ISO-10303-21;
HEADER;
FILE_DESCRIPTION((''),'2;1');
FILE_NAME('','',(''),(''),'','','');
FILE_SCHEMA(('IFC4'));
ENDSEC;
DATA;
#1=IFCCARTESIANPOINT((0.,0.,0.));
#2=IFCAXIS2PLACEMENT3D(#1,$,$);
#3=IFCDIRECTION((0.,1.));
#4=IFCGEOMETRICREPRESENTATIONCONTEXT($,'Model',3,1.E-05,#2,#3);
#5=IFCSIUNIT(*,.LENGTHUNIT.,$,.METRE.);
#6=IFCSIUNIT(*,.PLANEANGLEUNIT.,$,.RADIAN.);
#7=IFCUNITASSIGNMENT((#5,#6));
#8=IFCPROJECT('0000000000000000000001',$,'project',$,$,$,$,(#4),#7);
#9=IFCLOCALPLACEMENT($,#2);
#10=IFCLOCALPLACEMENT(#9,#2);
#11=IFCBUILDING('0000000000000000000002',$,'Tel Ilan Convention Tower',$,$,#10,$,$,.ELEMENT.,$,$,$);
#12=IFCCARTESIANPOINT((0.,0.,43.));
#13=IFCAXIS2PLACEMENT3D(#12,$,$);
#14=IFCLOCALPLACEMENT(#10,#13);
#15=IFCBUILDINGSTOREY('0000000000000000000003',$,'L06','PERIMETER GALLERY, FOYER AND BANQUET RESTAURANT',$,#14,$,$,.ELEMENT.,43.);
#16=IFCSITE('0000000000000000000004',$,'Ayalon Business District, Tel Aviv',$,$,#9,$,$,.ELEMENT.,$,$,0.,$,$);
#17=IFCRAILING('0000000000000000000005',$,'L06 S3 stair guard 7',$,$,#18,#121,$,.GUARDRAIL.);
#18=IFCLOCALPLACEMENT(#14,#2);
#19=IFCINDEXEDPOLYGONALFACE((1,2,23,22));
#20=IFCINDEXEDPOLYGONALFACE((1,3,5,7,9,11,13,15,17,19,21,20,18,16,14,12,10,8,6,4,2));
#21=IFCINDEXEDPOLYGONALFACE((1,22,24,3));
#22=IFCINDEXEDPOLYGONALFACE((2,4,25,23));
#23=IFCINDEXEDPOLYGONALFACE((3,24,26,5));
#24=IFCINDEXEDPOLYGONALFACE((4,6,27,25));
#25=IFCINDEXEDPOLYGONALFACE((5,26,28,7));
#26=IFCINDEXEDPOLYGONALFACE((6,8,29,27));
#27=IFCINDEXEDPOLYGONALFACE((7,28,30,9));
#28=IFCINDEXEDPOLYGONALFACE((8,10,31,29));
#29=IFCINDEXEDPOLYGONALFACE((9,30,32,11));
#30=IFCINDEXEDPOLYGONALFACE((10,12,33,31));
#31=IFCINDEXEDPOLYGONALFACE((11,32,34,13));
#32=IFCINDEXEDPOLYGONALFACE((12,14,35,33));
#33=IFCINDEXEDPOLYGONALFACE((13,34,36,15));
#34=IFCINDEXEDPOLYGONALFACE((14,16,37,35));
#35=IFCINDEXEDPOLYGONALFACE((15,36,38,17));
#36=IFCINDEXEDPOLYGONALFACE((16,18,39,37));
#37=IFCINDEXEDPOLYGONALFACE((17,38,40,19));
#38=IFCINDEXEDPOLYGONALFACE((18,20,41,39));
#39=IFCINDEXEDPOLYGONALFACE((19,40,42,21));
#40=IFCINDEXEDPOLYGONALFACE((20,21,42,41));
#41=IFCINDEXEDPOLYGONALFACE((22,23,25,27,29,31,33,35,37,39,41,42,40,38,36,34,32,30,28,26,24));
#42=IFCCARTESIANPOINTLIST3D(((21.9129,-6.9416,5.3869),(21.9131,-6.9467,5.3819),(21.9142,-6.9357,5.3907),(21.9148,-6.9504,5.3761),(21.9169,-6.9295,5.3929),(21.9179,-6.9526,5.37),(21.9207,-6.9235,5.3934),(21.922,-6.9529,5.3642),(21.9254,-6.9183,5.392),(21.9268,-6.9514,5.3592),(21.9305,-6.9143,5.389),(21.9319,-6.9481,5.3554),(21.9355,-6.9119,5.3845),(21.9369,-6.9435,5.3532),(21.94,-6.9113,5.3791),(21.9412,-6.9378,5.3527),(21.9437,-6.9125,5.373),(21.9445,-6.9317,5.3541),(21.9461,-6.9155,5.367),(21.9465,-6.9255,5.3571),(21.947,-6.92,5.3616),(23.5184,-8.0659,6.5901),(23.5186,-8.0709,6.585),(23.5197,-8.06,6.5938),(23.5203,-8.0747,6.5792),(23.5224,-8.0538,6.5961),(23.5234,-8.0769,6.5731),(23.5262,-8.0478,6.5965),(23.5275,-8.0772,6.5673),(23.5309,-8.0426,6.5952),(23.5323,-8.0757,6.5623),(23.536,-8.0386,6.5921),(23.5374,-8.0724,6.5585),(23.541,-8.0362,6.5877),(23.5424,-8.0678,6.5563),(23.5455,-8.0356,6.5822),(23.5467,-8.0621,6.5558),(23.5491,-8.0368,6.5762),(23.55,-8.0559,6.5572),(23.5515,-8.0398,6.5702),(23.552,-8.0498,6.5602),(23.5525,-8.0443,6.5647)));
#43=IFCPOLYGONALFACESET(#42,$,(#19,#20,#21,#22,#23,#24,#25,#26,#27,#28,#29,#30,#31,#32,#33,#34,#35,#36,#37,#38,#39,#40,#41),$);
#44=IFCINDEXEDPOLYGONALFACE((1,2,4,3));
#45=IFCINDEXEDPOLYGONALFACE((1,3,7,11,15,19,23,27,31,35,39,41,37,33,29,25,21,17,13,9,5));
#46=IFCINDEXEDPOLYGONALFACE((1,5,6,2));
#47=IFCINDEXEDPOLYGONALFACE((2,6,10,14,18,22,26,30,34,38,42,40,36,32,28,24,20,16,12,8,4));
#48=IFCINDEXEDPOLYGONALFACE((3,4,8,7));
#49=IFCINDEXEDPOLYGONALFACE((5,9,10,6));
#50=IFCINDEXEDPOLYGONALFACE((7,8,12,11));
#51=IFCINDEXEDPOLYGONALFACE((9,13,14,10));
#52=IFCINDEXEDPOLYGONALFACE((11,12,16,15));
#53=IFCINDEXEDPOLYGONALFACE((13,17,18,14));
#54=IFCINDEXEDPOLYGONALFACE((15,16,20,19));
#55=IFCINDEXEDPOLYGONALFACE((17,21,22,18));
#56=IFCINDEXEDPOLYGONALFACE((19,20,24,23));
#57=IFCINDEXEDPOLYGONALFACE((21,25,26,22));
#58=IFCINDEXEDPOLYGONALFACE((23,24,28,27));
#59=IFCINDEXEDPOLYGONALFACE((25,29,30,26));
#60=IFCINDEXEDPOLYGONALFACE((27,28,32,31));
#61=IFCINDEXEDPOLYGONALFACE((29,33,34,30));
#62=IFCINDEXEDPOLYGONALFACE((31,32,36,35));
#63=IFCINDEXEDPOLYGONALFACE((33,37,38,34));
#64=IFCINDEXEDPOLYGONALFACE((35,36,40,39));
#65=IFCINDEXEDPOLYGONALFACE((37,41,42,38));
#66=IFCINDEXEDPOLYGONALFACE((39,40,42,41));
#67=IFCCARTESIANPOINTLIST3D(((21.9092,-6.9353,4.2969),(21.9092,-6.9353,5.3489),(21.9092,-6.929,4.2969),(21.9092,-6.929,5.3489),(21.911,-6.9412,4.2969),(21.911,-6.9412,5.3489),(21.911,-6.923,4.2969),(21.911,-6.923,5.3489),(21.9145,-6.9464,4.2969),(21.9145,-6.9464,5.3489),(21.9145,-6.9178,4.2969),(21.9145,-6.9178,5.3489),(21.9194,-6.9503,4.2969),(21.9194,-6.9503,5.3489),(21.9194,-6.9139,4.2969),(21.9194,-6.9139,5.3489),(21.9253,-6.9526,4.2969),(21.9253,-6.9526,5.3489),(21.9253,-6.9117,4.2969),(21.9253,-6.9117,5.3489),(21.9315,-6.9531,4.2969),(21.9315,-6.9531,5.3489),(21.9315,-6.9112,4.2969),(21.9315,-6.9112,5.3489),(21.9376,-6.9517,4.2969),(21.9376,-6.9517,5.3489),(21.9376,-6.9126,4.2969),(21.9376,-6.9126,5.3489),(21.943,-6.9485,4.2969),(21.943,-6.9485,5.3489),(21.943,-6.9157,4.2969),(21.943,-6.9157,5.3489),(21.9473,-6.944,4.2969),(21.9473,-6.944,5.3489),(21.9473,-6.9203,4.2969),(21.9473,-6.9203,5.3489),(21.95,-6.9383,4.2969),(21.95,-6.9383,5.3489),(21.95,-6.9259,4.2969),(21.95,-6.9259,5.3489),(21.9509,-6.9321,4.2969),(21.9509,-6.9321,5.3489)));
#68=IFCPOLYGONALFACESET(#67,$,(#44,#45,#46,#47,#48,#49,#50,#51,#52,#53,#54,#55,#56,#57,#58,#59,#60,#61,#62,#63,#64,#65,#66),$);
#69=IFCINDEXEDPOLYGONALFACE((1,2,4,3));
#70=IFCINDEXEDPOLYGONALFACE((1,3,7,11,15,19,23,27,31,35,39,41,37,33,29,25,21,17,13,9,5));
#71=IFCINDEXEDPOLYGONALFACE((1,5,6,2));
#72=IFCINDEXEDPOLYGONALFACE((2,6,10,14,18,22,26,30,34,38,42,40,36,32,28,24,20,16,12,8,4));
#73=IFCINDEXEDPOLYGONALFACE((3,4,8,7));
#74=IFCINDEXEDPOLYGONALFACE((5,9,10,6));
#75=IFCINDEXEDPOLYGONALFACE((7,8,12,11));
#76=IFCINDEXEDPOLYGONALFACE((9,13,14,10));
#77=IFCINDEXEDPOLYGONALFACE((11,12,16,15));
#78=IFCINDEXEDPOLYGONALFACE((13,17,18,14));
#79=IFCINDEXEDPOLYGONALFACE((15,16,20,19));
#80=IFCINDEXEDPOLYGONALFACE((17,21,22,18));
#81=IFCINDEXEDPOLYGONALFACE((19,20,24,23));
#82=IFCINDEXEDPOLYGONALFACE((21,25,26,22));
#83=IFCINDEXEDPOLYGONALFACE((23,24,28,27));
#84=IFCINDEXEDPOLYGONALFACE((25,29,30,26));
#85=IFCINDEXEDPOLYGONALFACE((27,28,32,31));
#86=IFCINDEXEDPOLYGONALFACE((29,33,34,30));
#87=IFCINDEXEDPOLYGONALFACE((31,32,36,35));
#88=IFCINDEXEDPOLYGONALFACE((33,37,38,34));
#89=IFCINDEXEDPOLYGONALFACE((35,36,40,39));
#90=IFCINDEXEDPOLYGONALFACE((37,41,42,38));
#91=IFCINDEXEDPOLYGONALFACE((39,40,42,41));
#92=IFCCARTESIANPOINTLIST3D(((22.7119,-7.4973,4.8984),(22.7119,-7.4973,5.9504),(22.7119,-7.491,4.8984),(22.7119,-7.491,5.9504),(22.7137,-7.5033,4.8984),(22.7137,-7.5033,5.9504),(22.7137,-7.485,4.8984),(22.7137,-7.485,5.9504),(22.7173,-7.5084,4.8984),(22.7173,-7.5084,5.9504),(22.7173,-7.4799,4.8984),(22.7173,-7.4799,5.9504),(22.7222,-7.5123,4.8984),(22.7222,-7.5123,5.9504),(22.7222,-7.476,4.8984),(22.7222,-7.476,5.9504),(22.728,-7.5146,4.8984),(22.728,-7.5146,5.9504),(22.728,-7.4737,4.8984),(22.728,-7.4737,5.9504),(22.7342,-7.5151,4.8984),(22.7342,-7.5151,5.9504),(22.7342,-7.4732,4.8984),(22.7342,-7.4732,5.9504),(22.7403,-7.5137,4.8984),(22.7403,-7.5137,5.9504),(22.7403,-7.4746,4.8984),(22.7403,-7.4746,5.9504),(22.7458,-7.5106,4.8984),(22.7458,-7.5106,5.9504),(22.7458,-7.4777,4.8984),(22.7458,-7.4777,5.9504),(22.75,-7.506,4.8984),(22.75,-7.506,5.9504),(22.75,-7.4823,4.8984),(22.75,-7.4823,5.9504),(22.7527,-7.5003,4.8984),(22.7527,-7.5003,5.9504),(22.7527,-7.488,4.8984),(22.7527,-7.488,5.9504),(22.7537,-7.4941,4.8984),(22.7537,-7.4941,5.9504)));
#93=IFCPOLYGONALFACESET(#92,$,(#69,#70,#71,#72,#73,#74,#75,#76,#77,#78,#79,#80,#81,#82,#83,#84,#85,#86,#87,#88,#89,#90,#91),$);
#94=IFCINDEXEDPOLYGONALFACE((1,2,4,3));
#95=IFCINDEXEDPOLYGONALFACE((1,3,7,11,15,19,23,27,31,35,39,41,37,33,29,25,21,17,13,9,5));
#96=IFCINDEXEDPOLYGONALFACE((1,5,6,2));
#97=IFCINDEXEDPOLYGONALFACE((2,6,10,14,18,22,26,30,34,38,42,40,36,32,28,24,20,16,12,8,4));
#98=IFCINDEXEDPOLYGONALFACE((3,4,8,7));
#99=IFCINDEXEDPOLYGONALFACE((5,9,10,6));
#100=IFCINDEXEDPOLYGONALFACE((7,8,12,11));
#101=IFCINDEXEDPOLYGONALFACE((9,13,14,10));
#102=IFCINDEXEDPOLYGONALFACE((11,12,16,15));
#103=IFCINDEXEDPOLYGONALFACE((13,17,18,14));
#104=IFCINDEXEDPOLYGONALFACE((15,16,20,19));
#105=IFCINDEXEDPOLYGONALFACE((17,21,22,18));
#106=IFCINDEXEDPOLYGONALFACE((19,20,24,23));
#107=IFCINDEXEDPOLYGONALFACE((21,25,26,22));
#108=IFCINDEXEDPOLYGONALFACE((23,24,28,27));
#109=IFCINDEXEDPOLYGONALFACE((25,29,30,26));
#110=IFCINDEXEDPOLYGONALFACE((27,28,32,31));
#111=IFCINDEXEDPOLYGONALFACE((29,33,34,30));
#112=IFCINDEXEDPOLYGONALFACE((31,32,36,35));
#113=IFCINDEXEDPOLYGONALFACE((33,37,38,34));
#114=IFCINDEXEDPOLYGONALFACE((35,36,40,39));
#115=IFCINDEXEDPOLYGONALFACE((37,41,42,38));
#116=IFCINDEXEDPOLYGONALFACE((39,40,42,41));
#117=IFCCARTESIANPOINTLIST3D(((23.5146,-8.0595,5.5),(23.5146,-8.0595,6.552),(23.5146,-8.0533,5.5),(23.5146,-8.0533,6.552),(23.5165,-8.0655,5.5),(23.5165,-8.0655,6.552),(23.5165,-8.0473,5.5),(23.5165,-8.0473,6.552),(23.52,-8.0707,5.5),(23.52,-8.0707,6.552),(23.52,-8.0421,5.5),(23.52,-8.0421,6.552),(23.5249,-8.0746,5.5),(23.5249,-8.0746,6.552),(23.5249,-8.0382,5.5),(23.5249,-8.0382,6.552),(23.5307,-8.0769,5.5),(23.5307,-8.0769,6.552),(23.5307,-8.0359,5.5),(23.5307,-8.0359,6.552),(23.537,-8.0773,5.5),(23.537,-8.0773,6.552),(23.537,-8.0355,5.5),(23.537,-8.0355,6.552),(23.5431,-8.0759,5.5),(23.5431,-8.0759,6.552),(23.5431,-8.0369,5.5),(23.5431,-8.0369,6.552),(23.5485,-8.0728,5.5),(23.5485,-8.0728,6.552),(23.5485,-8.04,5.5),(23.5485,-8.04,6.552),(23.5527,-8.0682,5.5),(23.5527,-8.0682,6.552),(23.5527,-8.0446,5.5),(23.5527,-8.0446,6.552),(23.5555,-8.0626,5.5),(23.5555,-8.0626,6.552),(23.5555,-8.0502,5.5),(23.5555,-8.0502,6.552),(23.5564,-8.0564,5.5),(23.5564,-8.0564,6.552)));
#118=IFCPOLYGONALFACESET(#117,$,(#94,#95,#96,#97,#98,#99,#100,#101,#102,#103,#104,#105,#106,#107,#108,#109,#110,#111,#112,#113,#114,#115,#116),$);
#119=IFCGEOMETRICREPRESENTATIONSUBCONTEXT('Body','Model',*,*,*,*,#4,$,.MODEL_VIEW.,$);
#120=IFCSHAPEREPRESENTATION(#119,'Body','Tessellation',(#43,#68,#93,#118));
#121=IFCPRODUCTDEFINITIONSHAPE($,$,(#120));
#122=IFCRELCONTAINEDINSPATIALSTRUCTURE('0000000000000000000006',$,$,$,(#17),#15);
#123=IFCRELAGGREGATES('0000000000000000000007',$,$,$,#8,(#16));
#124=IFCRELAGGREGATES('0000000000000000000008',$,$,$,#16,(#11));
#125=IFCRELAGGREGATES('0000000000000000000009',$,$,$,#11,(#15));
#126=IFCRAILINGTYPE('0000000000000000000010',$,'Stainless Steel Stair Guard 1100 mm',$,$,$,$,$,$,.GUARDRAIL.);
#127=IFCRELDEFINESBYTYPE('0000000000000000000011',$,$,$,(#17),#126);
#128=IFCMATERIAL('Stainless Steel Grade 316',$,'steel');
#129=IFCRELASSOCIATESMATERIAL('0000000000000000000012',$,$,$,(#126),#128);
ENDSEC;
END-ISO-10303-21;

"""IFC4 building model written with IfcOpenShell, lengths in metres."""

from ifc_helpers import new_model, si_unit, direction, frame, origin, origin_2d, place, context, subcontext, project, spatial, circle, extrude, material, type_object, element, save


model = new_model("IFC4")

# Units and contexts
model_context = context("Model", 3, precision=1e-05, world=origin(), true_north=direction((0.0, 1.0)))
body_context = subcontext(model_context, "Body", "Model", "MODEL_VIEW")
ifc_project = project(units=[si_unit("LENGTHUNIT", "METRE"), si_unit("PLANEANGLEUNIT", "RADIAN")], contexts=[model_context])

# Site, building, storey
site_placement = place(None, origin())
site = spatial("IfcSite", under=ifc_project, at=site_placement, Name="Ayalon Business District, Tel Aviv", CompositionType="ELEMENT", RefElevation=0.0)
building_placement = place(site_placement, origin())
building = spatial("IfcBuilding", under=site, at=building_placement, Name="Tel Ilan Convention Tower", CompositionType="ELEMENT")
storey_placement = place(building_placement, frame((0.0, 0.0, 43.0)))
storey = spatial("IfcBuildingStorey", under=building, at=storey_placement, Name="L06", Description="PERIMETER GALLERY, FOYER AND BANQUET RESTAURANT", CompositionType="ELEMENT", Elevation=43.0)

# Railing
ifc_material_1 = material(Name="Stainless Steel Grade 316", Category="steel")
railing_type_1 = type_object("IfcRailingType", Name="Stainless Steel Stair Guard 1100 mm", PredefinedType="GUARDRAIL", material=ifc_material_1)
railing_1_placement = place(storey_placement, frame((21.9299, -6.9321, 4.2969)))
element("IfcRailing", 1, at=railing_1_placement, inside=storey, type_object=railing_type_1, Name="L06 S3 stair guard 7", PredefinedType="GUARDRAIL", context=body_context, shape_type="SweptSolid", body=[
    extrude(circle(Radius=0.0239, at=origin_2d()), frame((0.0, 0.0, 1.0762), z_axis=(0.698095, -0.488857, 0.523146), x_axis=(0.573613, 0.819127, 0.0)), (0.0, 0.0, 1.0), 2.2998),
    extrude(circle(Radius=0.021, at=origin_2d()), origin(), (0.0, 0.0, 1.0), 1.052),
    extrude(circle(Radius=0.021, at=origin_2d()), frame((0.8027, -0.562, 0.6016)), (0.0, 0.0, 1.0), 1.052),
    extrude(circle(Radius=0.021, at=origin_2d()), frame((1.6055, -1.1243, 1.2031)), (0.0, 0.0, 1.0), 1.052),
])

save(model, "model.ifc")
